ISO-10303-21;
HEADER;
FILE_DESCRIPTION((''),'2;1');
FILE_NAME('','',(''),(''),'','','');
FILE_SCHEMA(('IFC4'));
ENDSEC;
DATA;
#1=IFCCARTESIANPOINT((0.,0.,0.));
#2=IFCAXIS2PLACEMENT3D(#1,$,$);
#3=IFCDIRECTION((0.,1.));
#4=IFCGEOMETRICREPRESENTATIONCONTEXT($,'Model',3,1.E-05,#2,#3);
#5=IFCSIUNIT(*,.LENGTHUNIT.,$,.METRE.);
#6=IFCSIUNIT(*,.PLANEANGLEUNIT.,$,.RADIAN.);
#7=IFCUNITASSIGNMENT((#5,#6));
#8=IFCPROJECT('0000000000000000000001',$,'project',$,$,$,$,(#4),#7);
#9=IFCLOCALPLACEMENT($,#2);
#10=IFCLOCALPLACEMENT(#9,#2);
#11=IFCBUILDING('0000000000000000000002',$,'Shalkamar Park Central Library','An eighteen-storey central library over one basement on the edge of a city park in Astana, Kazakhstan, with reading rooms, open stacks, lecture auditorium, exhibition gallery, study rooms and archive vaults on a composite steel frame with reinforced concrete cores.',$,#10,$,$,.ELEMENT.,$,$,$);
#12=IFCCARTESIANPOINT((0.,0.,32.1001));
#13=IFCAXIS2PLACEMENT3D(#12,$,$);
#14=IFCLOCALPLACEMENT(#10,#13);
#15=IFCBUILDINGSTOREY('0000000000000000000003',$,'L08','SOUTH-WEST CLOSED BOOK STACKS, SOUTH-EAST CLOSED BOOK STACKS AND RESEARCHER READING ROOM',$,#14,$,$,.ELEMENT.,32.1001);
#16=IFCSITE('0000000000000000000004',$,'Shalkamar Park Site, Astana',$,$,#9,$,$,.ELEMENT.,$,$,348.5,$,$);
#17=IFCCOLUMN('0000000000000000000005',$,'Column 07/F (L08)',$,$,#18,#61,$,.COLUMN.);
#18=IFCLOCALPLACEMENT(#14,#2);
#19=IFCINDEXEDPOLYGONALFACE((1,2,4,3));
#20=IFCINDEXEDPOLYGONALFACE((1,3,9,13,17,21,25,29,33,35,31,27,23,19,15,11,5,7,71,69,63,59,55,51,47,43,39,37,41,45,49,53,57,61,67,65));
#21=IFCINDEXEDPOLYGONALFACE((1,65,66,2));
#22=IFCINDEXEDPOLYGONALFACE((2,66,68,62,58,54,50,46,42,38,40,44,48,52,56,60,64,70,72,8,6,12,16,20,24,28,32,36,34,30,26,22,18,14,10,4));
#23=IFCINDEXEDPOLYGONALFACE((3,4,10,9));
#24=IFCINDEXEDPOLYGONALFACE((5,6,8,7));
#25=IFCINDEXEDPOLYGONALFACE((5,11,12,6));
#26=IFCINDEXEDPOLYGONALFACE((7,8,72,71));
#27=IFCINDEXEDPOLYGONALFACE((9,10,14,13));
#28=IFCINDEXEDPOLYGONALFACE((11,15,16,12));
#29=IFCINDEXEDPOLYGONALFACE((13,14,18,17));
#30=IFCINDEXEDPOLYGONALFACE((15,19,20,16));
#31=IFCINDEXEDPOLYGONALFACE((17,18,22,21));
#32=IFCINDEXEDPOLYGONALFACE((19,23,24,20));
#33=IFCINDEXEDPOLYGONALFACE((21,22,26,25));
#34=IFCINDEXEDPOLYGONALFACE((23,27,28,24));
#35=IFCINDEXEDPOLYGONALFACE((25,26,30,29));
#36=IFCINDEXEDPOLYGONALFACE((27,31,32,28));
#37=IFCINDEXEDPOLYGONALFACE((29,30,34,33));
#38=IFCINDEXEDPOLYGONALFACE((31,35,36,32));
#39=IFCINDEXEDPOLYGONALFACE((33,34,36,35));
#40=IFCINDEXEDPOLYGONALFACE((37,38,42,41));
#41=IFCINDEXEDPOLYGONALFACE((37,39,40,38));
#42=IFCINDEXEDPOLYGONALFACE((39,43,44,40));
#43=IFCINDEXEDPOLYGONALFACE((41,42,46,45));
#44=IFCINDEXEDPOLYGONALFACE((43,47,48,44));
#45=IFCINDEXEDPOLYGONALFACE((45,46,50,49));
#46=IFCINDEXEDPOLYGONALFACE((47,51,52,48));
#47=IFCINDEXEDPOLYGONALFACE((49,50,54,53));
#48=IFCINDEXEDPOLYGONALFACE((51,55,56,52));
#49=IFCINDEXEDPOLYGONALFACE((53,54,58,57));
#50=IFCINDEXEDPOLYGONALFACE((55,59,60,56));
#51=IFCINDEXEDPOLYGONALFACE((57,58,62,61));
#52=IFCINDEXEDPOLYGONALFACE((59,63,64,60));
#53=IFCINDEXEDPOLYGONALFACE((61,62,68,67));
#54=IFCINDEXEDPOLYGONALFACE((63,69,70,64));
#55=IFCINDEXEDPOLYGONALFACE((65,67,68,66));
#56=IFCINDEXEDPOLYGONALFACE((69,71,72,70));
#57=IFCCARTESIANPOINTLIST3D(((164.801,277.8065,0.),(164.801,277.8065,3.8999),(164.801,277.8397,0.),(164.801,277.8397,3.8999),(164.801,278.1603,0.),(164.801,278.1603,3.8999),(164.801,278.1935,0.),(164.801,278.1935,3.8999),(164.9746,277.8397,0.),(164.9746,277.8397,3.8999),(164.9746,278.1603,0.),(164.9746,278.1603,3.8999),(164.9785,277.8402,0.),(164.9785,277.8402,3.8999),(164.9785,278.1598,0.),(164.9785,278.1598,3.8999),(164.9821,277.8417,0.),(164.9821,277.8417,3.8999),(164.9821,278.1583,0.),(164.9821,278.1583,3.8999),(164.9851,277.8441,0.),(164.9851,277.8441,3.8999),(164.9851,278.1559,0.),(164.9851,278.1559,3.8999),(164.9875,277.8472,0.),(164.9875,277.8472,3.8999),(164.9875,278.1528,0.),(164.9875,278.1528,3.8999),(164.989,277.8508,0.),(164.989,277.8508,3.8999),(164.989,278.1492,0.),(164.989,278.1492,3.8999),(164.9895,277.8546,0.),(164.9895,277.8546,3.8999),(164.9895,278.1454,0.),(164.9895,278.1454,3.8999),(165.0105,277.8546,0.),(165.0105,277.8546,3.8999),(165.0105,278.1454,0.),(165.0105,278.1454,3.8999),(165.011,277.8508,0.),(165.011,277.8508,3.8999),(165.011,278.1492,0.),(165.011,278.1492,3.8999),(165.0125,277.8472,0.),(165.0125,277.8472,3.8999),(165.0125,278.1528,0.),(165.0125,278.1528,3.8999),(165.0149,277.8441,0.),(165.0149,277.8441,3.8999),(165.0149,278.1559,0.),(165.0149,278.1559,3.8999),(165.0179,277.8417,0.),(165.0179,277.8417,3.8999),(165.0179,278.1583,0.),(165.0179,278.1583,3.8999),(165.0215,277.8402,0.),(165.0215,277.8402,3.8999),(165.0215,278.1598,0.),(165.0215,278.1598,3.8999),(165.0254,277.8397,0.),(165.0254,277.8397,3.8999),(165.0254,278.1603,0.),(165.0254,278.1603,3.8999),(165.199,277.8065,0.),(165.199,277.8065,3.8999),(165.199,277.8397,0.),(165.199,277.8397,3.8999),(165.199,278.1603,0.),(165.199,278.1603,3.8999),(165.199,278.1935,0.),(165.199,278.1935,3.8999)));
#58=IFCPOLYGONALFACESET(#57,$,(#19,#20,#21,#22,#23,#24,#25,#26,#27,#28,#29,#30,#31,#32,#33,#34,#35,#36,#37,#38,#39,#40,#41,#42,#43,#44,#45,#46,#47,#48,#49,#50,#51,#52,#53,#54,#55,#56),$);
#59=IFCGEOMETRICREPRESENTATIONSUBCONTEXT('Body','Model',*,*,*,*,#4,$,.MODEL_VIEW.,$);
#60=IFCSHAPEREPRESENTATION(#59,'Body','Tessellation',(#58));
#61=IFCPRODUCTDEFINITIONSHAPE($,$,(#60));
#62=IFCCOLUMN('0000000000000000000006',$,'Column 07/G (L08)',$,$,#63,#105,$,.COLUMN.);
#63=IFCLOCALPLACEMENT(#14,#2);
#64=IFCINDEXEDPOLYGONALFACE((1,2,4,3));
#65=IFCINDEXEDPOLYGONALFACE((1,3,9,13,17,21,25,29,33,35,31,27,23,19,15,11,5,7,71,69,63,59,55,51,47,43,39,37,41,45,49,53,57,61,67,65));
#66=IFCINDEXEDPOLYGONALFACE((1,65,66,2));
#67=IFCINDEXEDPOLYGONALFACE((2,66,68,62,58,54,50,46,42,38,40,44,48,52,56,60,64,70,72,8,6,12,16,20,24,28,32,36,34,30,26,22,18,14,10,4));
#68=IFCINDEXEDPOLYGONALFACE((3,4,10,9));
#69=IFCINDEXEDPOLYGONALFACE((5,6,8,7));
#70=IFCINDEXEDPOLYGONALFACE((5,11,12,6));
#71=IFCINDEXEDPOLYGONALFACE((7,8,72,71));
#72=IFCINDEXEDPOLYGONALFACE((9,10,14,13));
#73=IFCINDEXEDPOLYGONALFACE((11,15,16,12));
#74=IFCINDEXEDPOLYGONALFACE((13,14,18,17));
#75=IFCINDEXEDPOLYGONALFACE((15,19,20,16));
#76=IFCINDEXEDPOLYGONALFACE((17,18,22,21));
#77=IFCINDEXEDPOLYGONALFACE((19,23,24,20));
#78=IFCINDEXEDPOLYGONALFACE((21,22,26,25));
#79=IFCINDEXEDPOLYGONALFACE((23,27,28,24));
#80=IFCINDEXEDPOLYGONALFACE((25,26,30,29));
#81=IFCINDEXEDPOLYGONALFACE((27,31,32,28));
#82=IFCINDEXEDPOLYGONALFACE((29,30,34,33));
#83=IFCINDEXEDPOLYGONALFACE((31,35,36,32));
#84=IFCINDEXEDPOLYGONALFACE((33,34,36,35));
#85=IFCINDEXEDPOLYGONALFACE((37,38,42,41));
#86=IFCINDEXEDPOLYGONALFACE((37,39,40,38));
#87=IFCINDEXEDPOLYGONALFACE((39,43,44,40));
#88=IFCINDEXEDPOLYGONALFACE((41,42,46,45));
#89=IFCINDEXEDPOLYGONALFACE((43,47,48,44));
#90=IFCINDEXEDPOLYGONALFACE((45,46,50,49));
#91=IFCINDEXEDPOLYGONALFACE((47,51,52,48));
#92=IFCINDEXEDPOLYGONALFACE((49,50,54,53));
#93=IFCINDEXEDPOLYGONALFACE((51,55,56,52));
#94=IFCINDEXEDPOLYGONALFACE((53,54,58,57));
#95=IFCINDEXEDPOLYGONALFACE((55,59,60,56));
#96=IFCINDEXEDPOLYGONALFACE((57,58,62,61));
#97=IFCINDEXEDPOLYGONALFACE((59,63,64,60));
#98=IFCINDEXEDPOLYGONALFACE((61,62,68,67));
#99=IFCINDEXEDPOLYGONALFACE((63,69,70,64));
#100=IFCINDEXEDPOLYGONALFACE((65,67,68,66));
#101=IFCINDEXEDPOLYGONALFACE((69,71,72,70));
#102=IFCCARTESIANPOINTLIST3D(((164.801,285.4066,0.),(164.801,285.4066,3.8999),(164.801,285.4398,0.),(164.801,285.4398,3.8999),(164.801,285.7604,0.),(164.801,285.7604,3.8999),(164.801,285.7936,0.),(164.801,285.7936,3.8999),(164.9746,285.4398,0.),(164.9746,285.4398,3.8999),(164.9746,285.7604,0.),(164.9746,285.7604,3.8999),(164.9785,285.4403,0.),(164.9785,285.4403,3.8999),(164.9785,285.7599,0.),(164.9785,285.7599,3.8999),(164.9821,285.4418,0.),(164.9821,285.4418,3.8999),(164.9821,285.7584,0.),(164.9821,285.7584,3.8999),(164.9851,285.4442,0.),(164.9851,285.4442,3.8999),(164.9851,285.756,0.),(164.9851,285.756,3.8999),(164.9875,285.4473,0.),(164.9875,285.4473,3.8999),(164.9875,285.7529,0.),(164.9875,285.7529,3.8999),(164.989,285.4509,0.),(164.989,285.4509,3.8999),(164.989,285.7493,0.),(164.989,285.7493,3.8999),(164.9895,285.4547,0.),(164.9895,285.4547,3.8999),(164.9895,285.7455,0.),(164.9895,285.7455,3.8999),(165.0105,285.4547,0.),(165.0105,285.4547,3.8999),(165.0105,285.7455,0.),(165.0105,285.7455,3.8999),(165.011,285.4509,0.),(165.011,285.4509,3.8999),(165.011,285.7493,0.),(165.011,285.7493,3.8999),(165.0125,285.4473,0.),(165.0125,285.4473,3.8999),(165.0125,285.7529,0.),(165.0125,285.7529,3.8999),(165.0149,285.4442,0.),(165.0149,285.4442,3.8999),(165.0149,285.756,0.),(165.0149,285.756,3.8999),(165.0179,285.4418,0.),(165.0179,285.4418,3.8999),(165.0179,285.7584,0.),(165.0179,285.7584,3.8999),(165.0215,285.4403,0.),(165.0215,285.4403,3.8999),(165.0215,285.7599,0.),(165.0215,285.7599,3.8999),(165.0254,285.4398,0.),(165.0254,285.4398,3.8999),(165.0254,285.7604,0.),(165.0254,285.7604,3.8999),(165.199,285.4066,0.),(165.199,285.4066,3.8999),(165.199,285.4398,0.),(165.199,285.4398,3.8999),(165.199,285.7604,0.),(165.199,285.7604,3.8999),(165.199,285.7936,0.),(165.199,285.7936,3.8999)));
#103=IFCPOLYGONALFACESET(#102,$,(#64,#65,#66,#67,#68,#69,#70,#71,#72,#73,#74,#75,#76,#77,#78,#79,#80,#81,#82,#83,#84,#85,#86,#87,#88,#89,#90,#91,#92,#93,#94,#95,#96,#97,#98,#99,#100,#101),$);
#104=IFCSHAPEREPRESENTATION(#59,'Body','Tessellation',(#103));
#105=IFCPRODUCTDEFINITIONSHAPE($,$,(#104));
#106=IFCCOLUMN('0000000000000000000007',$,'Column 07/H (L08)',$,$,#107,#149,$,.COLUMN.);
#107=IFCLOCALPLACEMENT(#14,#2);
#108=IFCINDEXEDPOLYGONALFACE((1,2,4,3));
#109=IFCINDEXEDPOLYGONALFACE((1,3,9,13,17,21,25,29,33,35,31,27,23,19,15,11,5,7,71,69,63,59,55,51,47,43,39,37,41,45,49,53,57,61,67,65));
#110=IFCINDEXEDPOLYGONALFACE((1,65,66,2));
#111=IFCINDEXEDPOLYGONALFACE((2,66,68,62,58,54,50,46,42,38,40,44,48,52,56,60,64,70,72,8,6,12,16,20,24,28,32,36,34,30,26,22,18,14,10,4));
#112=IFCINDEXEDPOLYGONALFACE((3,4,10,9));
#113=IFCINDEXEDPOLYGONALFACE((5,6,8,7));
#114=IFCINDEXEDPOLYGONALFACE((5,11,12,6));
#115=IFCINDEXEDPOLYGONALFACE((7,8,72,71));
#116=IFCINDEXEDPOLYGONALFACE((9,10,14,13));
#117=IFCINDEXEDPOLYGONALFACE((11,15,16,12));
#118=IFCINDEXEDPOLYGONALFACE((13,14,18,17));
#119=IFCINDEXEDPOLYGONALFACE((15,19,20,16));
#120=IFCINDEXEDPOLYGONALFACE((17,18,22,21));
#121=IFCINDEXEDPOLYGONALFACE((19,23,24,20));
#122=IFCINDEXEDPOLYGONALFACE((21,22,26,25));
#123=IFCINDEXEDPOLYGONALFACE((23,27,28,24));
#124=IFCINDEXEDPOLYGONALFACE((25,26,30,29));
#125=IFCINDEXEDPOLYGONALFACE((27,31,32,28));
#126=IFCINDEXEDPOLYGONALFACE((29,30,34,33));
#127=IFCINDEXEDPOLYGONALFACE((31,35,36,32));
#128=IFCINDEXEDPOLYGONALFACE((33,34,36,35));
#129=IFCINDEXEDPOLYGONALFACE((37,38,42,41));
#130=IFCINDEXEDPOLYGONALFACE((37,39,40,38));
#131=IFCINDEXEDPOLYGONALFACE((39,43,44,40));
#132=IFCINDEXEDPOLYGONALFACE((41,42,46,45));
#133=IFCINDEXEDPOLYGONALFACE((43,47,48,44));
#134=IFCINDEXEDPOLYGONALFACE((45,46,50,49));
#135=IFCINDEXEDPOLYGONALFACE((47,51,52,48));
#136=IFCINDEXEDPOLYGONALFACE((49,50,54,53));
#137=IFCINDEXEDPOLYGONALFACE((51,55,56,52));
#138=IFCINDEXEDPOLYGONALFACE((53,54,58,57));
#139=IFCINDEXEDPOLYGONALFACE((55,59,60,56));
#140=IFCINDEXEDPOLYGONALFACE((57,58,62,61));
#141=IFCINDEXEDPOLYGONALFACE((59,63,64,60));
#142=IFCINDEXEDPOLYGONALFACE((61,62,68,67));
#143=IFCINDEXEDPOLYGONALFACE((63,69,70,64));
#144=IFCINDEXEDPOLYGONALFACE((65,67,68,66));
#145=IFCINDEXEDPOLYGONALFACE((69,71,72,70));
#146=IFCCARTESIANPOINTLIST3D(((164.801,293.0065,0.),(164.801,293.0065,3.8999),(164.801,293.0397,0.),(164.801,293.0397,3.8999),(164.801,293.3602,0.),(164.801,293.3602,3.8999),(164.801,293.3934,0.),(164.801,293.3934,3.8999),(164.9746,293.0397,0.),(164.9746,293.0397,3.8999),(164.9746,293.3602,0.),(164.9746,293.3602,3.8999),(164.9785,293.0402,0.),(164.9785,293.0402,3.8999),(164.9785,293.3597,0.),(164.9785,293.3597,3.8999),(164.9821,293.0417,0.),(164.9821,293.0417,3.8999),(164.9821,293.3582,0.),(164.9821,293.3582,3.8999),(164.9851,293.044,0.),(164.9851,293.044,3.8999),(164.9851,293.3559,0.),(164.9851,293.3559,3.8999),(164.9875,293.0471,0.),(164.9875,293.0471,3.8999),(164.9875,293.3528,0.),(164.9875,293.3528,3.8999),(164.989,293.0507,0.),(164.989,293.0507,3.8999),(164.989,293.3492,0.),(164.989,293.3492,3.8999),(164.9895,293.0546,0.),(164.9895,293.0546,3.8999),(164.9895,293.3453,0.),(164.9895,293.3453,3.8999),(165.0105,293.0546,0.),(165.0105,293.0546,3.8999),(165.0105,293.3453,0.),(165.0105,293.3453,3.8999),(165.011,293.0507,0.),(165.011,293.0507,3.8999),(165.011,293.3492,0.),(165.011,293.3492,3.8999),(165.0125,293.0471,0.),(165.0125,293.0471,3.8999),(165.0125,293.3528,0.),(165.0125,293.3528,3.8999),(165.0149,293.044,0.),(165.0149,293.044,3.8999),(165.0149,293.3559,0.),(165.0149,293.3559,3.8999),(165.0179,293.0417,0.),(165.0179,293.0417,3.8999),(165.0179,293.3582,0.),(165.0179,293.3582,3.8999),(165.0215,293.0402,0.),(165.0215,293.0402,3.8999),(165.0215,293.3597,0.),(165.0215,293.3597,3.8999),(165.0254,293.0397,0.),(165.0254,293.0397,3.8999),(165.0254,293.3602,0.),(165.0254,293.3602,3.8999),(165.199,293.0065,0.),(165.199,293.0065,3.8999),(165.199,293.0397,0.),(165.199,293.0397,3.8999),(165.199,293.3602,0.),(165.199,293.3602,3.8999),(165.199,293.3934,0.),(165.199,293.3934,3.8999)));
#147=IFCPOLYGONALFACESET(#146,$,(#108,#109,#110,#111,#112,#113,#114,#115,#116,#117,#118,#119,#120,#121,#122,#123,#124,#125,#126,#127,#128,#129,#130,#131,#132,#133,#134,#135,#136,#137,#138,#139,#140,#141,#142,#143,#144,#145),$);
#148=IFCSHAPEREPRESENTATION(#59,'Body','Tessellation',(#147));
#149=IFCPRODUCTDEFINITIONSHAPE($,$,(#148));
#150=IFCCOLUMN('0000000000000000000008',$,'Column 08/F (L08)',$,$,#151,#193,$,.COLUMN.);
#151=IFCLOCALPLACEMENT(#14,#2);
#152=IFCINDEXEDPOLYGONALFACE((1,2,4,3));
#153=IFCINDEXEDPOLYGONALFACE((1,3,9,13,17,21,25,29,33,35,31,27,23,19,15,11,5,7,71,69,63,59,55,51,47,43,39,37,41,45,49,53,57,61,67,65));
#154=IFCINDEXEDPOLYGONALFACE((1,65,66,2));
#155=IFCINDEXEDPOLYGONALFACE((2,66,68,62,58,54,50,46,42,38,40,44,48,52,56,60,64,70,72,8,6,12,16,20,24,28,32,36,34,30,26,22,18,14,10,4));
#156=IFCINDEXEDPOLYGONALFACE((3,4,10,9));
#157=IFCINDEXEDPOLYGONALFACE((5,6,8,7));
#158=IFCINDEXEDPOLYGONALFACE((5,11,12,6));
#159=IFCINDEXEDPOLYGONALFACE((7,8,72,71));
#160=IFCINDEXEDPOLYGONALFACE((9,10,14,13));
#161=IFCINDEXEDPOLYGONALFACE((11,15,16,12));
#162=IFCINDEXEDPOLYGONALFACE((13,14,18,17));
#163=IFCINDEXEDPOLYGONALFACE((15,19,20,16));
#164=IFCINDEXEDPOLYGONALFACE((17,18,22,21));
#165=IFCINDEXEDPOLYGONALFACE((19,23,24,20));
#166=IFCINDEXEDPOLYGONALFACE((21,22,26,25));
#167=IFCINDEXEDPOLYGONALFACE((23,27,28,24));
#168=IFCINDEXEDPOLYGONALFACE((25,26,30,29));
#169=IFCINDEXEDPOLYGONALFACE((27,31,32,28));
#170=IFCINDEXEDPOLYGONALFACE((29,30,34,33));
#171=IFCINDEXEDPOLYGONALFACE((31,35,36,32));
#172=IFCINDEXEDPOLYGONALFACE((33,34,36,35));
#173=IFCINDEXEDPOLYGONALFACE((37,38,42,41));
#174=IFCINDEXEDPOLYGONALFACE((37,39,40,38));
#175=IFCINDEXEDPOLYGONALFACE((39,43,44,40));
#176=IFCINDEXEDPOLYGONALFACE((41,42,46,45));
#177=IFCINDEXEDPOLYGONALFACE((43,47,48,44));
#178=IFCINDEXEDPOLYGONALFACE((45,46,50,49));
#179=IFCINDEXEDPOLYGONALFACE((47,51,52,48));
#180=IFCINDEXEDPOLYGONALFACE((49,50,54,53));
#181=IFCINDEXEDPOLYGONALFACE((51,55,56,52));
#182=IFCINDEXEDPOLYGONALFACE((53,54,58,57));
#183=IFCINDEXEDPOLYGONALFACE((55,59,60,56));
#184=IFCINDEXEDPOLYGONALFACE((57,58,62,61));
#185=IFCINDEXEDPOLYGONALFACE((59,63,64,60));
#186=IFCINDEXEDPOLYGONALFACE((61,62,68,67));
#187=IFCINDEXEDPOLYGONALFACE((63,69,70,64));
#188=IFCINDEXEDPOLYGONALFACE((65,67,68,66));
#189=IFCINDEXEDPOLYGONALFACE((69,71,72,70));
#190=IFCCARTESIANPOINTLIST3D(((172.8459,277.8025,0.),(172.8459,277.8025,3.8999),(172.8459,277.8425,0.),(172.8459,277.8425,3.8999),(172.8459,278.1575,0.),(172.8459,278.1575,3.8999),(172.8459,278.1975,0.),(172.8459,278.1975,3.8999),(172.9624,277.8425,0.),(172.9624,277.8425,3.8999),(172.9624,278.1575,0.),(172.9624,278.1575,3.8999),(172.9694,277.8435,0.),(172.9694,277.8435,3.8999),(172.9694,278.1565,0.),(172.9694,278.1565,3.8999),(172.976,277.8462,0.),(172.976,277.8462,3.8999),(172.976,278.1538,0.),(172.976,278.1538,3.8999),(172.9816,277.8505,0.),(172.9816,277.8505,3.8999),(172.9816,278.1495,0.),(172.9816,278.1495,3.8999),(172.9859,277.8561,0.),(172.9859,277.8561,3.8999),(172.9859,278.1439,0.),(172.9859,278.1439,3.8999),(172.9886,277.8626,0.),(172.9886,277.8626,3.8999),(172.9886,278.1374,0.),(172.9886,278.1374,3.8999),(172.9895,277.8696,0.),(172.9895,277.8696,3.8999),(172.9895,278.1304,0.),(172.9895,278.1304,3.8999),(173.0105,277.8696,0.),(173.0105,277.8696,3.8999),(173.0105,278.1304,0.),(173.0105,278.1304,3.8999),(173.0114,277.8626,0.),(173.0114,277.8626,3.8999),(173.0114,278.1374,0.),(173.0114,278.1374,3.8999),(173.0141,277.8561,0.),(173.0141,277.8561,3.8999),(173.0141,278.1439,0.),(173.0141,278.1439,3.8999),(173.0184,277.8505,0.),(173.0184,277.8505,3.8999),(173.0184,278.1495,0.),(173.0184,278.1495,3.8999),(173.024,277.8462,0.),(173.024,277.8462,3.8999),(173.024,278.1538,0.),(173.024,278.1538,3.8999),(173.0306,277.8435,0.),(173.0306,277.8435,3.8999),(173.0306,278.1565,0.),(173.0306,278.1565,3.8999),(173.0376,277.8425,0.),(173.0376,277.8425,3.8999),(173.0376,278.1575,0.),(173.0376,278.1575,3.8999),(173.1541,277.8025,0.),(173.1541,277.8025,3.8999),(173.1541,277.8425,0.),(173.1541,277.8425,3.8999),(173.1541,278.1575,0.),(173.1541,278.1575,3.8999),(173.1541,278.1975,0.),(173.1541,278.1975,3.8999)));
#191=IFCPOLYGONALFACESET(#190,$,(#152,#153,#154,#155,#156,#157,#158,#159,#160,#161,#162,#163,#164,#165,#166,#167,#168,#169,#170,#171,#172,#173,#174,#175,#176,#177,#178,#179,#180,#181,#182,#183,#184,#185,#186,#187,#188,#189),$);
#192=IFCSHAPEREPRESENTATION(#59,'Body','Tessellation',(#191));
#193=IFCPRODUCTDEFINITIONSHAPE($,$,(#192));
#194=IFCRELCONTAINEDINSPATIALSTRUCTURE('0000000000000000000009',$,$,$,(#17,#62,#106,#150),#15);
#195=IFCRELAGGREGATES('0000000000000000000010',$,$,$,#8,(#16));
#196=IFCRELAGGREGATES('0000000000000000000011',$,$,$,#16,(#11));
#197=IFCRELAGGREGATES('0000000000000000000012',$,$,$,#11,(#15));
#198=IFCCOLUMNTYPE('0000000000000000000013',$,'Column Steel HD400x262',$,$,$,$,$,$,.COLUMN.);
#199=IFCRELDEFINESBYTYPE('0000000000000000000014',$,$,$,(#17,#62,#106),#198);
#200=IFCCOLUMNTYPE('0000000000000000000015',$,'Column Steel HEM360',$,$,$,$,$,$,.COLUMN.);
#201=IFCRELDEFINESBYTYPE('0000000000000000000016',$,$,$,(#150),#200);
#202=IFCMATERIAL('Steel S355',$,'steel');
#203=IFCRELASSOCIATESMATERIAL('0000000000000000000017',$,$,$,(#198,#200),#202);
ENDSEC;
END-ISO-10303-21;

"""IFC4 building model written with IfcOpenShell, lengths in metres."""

from ifc_helpers import new_model, si_unit, direction, frame, origin, origin_2d, place, context, subcontext, project, spatial, i_section, extrude, material, material_profile, profile_set, type_object, element, save


model = new_model("IFC4")

# Units and contexts
model_context = context("Model", 3, precision=1e-05, world=origin(), true_north=direction((0.0, 1.0)))
body_context = subcontext(model_context, "Body", "Model", "MODEL_VIEW")
ifc_project = project(units=[si_unit("LENGTHUNIT", "METRE"), si_unit("PLANEANGLEUNIT", "RADIAN")], contexts=[model_context])

# Site, building, storey
site_placement = place(None, origin())
site = spatial("IfcSite", under=ifc_project, at=site_placement, Name="Shalkamar Park Site, Astana", CompositionType="ELEMENT", RefElevation=348.5)
building_placement = place(site_placement, origin())
building = spatial("IfcBuilding", under=site, at=building_placement, Name="Shalkamar Park Central Library", Description="An eighteen-storey central library over one basement on the edge of a city park in Astana, Kazakhstan, with reading rooms, open stacks, lecture auditorium, exhibition gallery, study rooms and archive vaults on a composite steel frame with reinforced concrete cores.", CompositionType="ELEMENT")
storey_placement = place(building_placement, frame((0.0, 0.0, 32.1001)))
storey = spatial("IfcBuildingStorey", under=building, at=storey_placement, Name="L08", Description="SOUTH-WEST CLOSED BOOK STACKS, SOUTH-EAST CLOSED BOOK STACKS AND RESEARCHER READING ROOM", CompositionType="ELEMENT", Elevation=32.1001)

# Columns
ifc_material_1 = material(Name="Steel S355", Category="steel")
ifc_material_profile_1 = material_profile(ifc_material_1, i_section(OverallWidth=0.3979, OverallDepth=0.387, WebThickness=0.021, FlangeThickness=0.0332, FilletRadius=0.0149, at=origin_2d()), Name="HD 400x262")
ifc_profile_set_1 = profile_set([ifc_material_profile_1], Name="Steel S355")
column_type_1 = type_object("IfcColumnType", Name="Column Steel HD400x262", PredefinedType="COLUMN", material=ifc_profile_set_1)
for number, where, z_axis, x_axis, name in (
    (1, (165.0, 278.0, 0.0), (0.0, 0.0, 1.0), (1.0, 0.0, 0.0), "Column 07/F (L08)"),
    (2, (165.0, 285.6001, 0.0), (0.0, 0.0, 1.0), (1.0, 0.0, 0.0), "Column 07/G (L08)"),
    (3, (165.0, 293.2, 0.0), (0.0, 0.0, 1.0), (1.0, 0.0, 0.0), "Column 07/H (L08)"),
):
    element("IfcColumn", number, at=place(storey_placement, frame(where, z_axis=z_axis, x_axis=x_axis)), inside=storey, type_object=column_type_1, Name=name, PredefinedType="COLUMN", context=body_context, shape_type="SweptSolid", body=[
        extrude(i_section(OverallWidth=0.3979, OverallDepth=0.387, WebThickness=0.021, FlangeThickness=0.0332, FilletRadius=0.0149, at=origin_2d()), origin(), (0.0, 0.0, 1.0), 3.8999),
    ])
ifc_material_profile_2 = material_profile(ifc_material_1, i_section(OverallWidth=0.3081, OverallDepth=0.395, WebThickness=0.021, FlangeThickness=0.04, FilletRadius=0.0271, at=origin_2d()), Name="HEM 360")
ifc_profile_set_2 = profile_set([ifc_material_profile_2], Name="Steel S355")
column_type_2 = type_object("IfcColumnType", Name="Column Steel HEM360", PredefinedType="COLUMN", material=ifc_profile_set_2)
for number, where, z_axis, x_axis, name in (
    (4, (173.0, 278.0, 0.0), (0.0, 0.0, 1.0), (1.0, 0.0, 0.0), "Column 08/F (L08)"),
):
    element("IfcColumn", number, at=place(storey_placement, frame(where, z_axis=z_axis, x_axis=x_axis)), inside=storey, type_object=column_type_2, Name=name, PredefinedType="COLUMN", context=body_context, shape_type="SweptSolid", body=[
        extrude(i_section(OverallWidth=0.3081, OverallDepth=0.395, WebThickness=0.021, FlangeThickness=0.04, FilletRadius=0.0271, at=origin_2d()), origin(), (0.0, 0.0, 1.0), 3.8999),
    ])

save(model, "model.ifc")
